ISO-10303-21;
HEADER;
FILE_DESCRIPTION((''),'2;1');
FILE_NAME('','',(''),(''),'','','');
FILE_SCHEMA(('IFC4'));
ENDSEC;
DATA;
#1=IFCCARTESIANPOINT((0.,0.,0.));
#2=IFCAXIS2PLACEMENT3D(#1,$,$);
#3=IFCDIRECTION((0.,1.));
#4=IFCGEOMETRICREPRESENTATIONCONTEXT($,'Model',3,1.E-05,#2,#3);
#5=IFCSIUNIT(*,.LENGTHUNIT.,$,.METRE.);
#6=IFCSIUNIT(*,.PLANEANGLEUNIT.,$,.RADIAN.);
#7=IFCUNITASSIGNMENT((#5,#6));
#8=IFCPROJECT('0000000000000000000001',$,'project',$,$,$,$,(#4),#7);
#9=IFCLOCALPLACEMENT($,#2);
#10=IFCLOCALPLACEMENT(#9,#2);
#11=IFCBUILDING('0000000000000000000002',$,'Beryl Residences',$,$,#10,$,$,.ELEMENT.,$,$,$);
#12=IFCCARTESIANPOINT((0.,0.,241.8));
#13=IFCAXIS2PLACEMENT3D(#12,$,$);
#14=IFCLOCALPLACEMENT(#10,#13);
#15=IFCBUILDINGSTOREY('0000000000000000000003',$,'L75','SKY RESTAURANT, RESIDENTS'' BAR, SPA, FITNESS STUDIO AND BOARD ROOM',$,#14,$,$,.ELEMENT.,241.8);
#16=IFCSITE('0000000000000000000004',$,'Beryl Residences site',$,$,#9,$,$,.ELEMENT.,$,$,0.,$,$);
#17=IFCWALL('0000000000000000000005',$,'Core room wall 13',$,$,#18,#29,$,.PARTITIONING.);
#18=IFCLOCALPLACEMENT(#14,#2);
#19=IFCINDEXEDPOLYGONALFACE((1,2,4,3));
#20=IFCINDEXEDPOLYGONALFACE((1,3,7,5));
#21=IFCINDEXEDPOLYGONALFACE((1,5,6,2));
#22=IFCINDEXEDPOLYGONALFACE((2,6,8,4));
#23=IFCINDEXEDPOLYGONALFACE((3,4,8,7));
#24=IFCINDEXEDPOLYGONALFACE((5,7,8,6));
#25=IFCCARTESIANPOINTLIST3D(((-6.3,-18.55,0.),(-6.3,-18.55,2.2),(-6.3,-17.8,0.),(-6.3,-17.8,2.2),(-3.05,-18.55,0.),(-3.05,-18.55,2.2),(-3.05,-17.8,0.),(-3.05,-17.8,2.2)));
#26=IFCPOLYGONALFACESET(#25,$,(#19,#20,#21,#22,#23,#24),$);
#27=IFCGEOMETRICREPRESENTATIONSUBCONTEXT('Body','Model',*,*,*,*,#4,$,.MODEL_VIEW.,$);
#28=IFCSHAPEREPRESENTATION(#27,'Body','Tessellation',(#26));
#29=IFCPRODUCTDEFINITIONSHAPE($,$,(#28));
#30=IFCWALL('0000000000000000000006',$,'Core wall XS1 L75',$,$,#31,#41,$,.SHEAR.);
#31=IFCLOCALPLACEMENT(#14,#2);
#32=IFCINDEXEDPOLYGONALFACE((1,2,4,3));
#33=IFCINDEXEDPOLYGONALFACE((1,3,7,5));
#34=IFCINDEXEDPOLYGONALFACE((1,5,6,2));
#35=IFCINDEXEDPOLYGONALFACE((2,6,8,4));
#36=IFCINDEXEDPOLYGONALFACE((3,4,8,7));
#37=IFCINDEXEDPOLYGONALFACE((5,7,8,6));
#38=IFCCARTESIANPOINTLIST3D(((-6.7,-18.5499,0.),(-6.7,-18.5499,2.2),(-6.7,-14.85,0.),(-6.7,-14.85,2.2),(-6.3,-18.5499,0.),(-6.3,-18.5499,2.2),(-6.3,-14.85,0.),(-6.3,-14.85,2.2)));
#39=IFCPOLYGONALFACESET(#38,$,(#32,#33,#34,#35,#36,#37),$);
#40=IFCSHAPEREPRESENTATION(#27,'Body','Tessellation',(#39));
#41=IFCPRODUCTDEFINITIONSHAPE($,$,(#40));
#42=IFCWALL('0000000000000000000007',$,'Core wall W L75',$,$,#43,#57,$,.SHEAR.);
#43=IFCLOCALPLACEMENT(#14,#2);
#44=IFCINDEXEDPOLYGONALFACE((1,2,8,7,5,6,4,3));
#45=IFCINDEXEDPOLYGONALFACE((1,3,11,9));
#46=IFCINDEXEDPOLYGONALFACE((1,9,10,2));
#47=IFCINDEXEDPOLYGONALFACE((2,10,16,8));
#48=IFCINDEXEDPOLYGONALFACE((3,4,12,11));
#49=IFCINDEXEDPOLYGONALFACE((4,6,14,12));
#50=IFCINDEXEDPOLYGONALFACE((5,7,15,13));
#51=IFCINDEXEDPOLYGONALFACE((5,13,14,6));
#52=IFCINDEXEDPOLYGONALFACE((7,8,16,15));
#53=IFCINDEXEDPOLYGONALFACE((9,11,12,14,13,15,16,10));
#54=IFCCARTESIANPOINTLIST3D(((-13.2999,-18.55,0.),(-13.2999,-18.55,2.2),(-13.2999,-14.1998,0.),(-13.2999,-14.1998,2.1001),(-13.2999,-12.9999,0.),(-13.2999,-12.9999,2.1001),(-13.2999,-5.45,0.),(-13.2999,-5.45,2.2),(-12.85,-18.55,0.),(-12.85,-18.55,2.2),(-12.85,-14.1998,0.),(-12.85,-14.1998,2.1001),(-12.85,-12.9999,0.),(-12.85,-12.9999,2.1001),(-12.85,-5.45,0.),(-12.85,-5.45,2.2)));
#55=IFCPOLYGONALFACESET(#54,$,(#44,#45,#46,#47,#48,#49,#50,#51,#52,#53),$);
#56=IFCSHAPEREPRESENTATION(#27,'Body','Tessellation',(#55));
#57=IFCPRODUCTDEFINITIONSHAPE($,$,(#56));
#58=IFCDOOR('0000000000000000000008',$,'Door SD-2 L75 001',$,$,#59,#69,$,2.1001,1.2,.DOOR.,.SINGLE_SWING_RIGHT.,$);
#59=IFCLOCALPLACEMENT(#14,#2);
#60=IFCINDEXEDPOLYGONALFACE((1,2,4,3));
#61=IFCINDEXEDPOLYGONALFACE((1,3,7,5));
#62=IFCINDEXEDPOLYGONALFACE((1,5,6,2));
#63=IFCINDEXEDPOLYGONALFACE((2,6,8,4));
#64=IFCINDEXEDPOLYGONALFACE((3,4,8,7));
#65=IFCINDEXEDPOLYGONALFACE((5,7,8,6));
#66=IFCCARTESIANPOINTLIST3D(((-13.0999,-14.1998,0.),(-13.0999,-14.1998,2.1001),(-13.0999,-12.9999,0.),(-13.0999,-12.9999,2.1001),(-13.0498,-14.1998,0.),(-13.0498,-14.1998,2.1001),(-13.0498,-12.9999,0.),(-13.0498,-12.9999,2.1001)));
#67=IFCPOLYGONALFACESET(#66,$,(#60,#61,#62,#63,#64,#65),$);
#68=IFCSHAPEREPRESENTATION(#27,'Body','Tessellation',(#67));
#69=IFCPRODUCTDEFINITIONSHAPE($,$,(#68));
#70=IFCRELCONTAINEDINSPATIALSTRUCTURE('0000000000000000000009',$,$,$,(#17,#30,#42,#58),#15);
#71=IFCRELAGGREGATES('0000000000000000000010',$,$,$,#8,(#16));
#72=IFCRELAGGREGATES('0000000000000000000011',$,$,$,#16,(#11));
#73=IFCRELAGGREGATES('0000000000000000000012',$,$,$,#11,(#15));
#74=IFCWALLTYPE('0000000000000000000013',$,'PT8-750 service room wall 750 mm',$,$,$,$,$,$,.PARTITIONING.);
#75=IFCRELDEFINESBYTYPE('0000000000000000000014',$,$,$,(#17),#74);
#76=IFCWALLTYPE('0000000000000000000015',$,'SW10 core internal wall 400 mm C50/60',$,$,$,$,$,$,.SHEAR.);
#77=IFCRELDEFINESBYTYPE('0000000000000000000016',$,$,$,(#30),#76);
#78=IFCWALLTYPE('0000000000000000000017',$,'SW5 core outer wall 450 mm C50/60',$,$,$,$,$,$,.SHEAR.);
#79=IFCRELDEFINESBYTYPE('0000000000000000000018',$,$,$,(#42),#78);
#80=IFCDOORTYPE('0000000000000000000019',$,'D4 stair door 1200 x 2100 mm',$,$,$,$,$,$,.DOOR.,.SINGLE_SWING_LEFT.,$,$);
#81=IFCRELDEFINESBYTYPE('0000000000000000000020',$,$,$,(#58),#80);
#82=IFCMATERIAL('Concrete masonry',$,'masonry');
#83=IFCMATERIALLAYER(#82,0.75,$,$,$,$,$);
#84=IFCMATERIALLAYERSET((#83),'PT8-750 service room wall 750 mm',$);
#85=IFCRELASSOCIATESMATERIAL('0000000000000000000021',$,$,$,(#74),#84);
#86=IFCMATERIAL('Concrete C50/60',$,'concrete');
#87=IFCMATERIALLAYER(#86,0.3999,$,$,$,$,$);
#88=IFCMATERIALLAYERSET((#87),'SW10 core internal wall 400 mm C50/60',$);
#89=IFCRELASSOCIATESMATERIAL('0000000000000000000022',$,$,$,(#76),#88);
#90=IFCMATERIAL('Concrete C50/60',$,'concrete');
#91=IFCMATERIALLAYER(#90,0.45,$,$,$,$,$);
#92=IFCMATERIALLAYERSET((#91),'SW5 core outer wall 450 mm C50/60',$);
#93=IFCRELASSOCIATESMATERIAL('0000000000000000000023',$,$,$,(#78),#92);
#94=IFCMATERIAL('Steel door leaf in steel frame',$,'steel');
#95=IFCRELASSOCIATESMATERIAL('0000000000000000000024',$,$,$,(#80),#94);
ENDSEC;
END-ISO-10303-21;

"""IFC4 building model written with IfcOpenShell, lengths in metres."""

from ifc_helpers import new_model, si_unit, direction, frame, frame_2d, origin, place, context, subcontext, project, spatial, rectangle, extrude, material, layer, layer_set, type_object, element, fill, save


model = new_model("IFC4")

# Units and contexts
model_context = context("Model", 3, precision=1e-05, world=origin(), true_north=direction((0.0, 1.0)))
body_context = subcontext(model_context, "Body", "Model", "MODEL_VIEW")
ifc_project = project(units=[si_unit("LENGTHUNIT", "METRE"), si_unit("PLANEANGLEUNIT", "RADIAN")], contexts=[model_context])

# Site, building, storey
site_placement = place(None, origin())
site = spatial("IfcSite", under=ifc_project, at=site_placement, Name="Beryl Residences site", CompositionType="ELEMENT", RefElevation=0.0)
building_placement = place(site_placement, origin())
building = spatial("IfcBuilding", under=site, at=building_placement, Name="Beryl Residences", CompositionType="ELEMENT")
storey_placement = place(building_placement, frame((0.0, 0.0, 241.8)))
storey = spatial("IfcBuildingStorey", under=building, at=storey_placement, Name="L75", Description="SKY RESTAURANT, RESIDENTS' BAR, SPA, FITNESS STUDIO AND BOARD ROOM", CompositionType="ELEMENT", Elevation=241.8)

# Walls
ifc_material_1 = material(Name="Concrete masonry", Category="masonry")
ifc_layer_1 = layer(ifc_material_1, 0.75)
ifc_layer_set_1 = layer_set([ifc_layer_1], Name="PT8-750 service room wall 750 mm")
wall_type_1 = type_object("IfcWallType", Name="PT8-750 service room wall 750 mm", PredefinedType="PARTITIONING", material=ifc_layer_set_1)
wall_1_placement = place(storey_placement, frame((-6.3, -18.175, 0.0), z_axis=(0.0, 0.0, 1.0), x_axis=(1.0, 0.0, 0.0)))
element("IfcWall", 1, at=wall_1_placement, inside=storey, type_object=wall_type_1, Name="Core room wall 13", PredefinedType="PARTITIONING", context=body_context, shape_type="SweptSolid", body=[
    extrude(rectangle(XDim=3.25, YDim=0.75, at=frame_2d((1.625, 0.0))), origin(), (0.0, 0.0, 1.0), 2.2),
])
ifc_material_2 = material(Name="Concrete C50/60", Category="concrete")
ifc_layer_2 = layer(ifc_material_2, 0.3999)
ifc_layer_set_2 = layer_set([ifc_layer_2], Name="SW10 core internal wall 400 mm C50/60")
wall_type_2 = type_object("IfcWallType", Name="SW10 core internal wall 400 mm C50/60", PredefinedType="SHEAR", material=ifc_layer_set_2)
wall_2_placement = place(storey_placement, frame((-6.5, -18.55, 0.0), z_axis=(0.0, 0.0, 1.0), x_axis=(0.0, 1.0, 0.0)))
element("IfcWall", 2, at=wall_2_placement, inside=storey, type_object=wall_type_2, Name="Core wall XS1 L75", PredefinedType="SHEAR", context=body_context, shape_type="SweptSolid", body=[
    extrude(rectangle(XDim=3.7, YDim=0.3999, at=frame_2d((1.8501, 0.0))), origin(), (0.0, 0.0, 1.0), 2.2),
])

# Wall, opening, door
ifc_material_3 = material(Name="Concrete C50/60", Category="concrete")
ifc_layer_3 = layer(ifc_material_3, 0.45)
ifc_layer_set_3 = layer_set([ifc_layer_3], Name="SW5 core outer wall 450 mm C50/60")
wall_type_3 = type_object("IfcWallType", Name="SW5 core outer wall 450 mm C50/60", PredefinedType="SHEAR", material=ifc_layer_set_3)
wall_3_placement = place(storey_placement, frame((-13.075, -18.55, 0.0), z_axis=(0.0, 0.0, 1.0), x_axis=(0.0, 1.0, 0.0)))
wall_3 = element("IfcWall", 3, at=wall_3_placement, inside=storey, type_object=wall_type_3, Name="Core wall W L75", PredefinedType="SHEAR", context=body_context, shape_type="SweptSolid", body=[
    extrude(rectangle(XDim=13.1001, YDim=0.45, at=frame_2d((6.55, 0.0))), origin(), (0.0, 0.0, 1.0), 2.2),
])
opening_1_placement = place(wall_3_placement, frame((4.3501, 0.0, 0.0)))
opening_1 = element("IfcOpeningElement", 4, at=opening_1_placement, cuts=wall_3, PredefinedType="OPENING", context=body_context, shape_type="SweptSolid", body=[
    extrude(rectangle(XDim=1.2, YDim=2.1001, at=frame_2d((0.6001, 1.05))), frame((0.0, 0.2349, 0.0), z_axis=(0.0, -1.0, 0.0), x_axis=(1.0, 0.0, 0.0)), (0.0, 0.0, 1.0), 0.47),
])
ifc_material_4 = material(Name="Steel door leaf in steel frame", Category="steel")
door_type = type_object("IfcDoorType", Name="D4 stair door 1200 x 2100 mm", OperationType="SINGLE_SWING_LEFT", PredefinedType="DOOR", material=ifc_material_4)
door_placement = place(opening_1_placement, origin())
door = element("IfcDoor", 5, at=door_placement, inside=storey, type_object=door_type, Name="Door SD-2 L75 001", OperationType="SINGLE_SWING_RIGHT", OverallHeight=2.1001, OverallWidth=1.2, PredefinedType="DOOR", context=body_context, shape_type="SweptSolid", body=[
    extrude(rectangle(XDim=1.2, YDim=2.1001, at=frame_2d((0.6001, 1.05))), frame((0.0, 0.0249, 0.0), z_axis=(0.0, -1.0, 0.0), x_axis=(1.0, 0.0, 0.0)), (0.0, 0.0, 1.0), 0.05),
])
fill(opening_1, door)

save(model, "model.ifc")
